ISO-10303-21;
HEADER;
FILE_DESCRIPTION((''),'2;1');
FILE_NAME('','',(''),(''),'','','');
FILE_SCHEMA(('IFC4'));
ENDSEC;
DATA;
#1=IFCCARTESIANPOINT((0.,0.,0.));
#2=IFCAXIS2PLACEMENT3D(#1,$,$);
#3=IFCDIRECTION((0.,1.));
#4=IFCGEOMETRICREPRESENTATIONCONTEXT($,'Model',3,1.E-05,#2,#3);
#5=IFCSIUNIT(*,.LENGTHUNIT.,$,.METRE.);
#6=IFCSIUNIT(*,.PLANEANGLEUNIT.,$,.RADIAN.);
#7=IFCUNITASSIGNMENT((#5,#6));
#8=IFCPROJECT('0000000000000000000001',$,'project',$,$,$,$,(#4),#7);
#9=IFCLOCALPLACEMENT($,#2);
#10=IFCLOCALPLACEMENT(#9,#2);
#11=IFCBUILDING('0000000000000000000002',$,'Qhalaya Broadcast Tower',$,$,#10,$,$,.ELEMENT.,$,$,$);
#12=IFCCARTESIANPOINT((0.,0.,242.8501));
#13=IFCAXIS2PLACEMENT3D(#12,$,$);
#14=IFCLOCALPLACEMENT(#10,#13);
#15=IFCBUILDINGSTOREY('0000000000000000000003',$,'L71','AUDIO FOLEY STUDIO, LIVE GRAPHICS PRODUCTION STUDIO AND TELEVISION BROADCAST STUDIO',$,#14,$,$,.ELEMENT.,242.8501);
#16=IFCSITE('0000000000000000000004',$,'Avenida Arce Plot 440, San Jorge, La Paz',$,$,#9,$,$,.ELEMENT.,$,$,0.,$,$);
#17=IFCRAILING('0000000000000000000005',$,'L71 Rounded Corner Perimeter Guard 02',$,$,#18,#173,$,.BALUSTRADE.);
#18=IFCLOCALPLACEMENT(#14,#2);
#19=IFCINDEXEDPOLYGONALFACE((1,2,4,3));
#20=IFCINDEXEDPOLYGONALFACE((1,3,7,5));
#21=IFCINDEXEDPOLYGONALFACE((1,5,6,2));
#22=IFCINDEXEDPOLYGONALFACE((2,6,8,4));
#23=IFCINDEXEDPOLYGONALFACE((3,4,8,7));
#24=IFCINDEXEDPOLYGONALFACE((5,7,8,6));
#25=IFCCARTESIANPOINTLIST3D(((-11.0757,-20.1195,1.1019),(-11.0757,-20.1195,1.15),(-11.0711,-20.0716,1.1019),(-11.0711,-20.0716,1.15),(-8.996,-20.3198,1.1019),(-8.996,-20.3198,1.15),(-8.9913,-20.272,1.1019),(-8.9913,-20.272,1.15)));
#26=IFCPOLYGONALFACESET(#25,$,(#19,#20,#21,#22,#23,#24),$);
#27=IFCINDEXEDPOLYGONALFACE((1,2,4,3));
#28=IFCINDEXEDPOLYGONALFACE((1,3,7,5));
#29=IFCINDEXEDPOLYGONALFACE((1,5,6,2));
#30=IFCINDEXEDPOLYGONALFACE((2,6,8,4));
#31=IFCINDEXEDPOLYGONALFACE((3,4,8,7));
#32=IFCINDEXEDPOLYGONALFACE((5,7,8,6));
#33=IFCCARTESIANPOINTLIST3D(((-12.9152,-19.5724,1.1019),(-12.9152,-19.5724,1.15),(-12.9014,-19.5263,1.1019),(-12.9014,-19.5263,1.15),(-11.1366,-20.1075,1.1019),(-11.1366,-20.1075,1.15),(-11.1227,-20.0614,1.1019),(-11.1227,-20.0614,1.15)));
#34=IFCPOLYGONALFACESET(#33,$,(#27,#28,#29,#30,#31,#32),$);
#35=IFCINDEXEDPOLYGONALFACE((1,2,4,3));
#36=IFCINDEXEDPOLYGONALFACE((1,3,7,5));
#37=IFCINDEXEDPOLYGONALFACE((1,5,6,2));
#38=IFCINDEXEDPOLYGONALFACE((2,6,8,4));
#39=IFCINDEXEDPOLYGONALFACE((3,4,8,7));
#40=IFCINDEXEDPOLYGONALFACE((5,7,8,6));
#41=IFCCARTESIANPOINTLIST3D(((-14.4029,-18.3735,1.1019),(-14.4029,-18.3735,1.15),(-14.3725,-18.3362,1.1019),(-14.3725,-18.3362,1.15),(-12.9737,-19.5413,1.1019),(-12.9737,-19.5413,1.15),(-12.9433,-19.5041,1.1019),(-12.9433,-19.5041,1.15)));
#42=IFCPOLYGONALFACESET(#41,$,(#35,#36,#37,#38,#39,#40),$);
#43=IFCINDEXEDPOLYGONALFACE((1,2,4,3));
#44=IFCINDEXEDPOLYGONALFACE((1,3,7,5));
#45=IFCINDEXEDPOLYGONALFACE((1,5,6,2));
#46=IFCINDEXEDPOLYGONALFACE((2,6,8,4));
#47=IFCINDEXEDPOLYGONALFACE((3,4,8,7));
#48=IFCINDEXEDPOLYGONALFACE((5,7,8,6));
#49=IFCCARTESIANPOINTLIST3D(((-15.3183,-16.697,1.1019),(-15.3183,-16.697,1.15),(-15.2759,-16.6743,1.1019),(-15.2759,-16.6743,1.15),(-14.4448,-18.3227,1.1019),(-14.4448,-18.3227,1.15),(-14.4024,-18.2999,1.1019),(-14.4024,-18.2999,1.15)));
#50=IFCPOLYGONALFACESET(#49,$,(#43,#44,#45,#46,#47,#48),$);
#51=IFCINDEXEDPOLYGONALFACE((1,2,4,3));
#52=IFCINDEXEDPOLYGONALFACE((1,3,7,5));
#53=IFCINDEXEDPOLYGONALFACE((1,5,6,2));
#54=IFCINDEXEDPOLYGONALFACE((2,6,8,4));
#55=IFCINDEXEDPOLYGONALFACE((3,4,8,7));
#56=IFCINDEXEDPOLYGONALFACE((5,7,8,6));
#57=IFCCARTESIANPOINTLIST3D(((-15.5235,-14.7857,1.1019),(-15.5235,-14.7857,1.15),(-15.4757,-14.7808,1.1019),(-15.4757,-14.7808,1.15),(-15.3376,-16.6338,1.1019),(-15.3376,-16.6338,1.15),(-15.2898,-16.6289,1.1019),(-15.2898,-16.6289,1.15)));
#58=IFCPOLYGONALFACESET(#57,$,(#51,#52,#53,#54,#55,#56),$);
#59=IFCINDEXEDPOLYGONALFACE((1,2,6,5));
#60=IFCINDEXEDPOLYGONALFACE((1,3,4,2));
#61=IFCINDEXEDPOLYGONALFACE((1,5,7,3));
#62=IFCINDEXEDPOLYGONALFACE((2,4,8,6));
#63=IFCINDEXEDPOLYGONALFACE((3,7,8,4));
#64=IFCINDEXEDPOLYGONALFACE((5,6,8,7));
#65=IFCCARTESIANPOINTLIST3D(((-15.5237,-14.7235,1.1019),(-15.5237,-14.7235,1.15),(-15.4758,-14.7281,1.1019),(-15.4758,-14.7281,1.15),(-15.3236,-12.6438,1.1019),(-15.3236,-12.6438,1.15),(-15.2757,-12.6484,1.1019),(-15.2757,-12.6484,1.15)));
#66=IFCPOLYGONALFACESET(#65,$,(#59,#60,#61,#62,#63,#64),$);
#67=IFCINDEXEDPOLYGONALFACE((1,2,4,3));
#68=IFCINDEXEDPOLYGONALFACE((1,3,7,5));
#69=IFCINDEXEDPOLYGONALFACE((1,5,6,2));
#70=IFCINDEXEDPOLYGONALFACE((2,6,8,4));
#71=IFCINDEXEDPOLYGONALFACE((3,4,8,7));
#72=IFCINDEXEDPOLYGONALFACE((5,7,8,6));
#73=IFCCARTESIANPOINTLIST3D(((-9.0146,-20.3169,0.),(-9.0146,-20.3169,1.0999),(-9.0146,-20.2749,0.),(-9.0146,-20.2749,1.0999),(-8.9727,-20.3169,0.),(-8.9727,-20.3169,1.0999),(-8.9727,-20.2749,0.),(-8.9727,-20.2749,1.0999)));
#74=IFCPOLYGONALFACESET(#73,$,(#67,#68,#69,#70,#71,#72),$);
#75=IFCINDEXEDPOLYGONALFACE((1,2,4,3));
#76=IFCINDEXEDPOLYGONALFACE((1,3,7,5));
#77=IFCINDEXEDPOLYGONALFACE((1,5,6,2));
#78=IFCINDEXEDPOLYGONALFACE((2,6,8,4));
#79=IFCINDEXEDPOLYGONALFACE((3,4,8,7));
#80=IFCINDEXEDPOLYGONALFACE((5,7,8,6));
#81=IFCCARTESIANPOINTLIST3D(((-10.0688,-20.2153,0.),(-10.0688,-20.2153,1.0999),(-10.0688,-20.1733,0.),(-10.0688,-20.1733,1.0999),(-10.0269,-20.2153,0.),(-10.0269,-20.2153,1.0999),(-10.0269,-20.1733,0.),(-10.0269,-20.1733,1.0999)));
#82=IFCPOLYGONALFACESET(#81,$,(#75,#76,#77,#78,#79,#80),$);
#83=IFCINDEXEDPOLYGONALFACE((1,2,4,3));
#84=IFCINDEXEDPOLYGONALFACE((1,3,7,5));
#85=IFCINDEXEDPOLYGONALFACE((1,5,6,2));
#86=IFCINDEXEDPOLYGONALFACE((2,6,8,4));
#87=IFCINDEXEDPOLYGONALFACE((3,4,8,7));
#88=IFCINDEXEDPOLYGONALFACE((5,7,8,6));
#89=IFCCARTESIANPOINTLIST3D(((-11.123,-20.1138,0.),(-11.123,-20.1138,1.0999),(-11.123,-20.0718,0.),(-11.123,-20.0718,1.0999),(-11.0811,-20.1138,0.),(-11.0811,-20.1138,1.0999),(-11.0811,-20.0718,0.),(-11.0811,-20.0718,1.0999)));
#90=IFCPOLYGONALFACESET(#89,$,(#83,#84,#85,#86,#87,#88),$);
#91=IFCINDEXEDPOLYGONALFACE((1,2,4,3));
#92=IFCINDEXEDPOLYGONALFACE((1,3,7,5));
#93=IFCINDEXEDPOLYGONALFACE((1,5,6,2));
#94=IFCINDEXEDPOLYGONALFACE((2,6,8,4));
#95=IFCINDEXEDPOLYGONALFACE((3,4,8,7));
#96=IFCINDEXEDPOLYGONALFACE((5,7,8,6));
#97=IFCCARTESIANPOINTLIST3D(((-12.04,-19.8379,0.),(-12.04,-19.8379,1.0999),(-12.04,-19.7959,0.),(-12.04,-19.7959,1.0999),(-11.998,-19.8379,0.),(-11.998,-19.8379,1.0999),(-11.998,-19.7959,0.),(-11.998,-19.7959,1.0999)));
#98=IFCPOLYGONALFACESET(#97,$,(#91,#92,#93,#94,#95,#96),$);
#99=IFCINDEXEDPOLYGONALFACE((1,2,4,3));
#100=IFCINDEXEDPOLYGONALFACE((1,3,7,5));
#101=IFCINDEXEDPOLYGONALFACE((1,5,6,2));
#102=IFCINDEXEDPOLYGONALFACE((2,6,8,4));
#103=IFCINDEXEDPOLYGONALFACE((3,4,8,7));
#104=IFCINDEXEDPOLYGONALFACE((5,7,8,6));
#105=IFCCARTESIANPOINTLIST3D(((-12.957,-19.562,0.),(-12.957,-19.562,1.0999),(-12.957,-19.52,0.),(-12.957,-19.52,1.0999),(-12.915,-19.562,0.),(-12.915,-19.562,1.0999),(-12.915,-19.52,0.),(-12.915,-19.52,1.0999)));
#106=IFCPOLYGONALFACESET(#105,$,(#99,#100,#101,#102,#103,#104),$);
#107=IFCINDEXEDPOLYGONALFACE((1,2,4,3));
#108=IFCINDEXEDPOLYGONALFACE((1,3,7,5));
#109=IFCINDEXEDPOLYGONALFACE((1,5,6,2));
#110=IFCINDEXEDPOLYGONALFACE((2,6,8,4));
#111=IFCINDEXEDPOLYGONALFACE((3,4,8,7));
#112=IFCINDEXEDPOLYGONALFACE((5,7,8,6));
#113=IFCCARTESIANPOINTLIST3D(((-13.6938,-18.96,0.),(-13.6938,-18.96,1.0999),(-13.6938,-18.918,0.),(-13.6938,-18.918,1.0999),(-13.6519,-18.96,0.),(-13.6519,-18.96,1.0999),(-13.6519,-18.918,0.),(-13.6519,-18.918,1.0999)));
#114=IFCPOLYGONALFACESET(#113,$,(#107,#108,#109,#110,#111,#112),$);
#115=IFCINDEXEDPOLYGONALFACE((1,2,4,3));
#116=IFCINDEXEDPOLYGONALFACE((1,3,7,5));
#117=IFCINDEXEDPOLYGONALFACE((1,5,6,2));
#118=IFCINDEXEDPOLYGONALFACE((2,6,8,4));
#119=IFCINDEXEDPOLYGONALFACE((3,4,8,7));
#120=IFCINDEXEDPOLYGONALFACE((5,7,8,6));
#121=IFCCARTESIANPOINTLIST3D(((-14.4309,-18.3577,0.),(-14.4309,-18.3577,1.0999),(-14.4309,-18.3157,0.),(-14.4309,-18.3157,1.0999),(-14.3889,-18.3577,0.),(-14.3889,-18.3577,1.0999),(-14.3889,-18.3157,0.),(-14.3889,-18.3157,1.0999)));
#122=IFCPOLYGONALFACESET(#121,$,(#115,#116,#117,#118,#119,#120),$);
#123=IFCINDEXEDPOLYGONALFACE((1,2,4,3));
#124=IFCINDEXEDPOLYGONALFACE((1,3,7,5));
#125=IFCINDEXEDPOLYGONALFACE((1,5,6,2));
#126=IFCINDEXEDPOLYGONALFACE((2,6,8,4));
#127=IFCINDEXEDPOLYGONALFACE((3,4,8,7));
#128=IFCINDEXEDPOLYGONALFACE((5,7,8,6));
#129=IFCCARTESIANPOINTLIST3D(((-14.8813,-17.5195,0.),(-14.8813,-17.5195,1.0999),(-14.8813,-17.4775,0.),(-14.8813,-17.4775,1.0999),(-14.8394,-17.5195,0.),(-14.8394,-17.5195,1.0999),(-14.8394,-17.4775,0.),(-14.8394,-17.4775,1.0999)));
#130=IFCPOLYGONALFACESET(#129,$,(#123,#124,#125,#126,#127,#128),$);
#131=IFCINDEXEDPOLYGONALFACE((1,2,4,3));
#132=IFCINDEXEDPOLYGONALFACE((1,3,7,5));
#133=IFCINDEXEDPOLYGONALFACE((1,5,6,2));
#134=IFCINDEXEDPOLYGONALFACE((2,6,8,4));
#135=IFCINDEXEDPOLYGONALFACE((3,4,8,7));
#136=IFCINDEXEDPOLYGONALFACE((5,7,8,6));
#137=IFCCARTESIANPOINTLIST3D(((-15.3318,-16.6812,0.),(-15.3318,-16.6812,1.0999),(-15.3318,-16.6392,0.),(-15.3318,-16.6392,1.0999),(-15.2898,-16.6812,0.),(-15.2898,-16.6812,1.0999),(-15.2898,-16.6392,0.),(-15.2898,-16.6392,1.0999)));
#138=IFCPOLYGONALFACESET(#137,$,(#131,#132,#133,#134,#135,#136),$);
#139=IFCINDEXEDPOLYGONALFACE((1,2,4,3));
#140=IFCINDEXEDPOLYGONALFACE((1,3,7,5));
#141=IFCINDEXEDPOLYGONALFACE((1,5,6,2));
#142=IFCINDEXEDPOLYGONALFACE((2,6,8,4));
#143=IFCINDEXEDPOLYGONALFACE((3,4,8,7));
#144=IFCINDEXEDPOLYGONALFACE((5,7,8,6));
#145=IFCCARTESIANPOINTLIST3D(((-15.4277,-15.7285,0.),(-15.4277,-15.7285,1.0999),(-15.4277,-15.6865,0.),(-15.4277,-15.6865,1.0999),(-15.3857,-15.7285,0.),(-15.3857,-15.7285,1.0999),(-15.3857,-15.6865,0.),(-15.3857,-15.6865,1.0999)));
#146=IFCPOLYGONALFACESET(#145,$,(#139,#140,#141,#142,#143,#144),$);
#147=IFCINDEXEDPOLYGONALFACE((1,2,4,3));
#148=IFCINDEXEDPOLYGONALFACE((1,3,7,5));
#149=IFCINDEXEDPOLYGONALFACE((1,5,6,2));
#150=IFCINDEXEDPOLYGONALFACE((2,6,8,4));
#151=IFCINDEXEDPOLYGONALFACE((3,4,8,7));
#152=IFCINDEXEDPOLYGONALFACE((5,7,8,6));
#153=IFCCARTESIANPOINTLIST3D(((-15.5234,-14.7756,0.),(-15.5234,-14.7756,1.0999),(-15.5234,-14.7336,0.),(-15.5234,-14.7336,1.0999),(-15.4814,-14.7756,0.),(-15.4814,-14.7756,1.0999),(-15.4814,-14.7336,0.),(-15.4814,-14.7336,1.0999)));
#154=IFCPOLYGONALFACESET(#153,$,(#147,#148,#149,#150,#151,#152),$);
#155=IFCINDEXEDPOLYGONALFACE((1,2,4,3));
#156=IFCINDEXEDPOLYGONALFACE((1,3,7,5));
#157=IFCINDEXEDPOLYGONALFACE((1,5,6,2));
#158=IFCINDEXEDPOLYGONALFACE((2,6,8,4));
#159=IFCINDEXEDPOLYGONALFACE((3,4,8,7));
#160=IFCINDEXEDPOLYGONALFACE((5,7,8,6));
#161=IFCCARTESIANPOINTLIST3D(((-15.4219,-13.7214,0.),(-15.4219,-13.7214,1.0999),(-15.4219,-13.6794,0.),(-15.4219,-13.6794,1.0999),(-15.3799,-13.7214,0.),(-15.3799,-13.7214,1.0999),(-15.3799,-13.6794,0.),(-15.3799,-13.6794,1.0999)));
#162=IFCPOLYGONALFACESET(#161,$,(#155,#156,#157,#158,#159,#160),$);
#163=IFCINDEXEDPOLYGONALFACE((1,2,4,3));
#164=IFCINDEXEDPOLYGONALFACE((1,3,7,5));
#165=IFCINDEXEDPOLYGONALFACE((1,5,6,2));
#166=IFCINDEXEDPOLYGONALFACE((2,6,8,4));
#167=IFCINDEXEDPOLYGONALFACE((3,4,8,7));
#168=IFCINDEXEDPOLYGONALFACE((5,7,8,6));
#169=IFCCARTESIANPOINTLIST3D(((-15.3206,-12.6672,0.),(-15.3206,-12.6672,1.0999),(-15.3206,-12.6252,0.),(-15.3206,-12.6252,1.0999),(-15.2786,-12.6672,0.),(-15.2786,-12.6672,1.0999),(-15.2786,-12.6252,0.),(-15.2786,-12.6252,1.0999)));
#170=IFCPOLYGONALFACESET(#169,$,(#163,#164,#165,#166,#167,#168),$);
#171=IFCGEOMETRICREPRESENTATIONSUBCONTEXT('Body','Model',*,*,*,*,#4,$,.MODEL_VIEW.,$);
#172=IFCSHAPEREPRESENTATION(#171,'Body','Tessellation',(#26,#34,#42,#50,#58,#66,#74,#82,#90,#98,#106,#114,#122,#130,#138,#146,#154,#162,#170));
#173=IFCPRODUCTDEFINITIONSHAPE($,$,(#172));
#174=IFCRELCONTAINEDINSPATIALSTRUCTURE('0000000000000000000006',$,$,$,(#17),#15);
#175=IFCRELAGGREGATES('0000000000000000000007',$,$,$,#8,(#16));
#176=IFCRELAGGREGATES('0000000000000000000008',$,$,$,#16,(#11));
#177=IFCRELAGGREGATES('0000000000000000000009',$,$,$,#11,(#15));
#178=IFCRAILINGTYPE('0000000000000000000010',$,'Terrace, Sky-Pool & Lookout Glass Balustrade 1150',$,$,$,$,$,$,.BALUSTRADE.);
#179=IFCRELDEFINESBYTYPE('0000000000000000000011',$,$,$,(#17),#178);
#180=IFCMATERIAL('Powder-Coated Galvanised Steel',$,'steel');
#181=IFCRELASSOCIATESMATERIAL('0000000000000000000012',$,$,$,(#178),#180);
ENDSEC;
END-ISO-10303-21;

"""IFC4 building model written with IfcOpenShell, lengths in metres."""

from ifc_helpers import new_model, si_unit, direction, frame, origin, origin_2d, place, context, subcontext, project, spatial, rectangle, extrude, material, type_object, element, save


model = new_model("IFC4")

# Units and contexts
model_context = context("Model", 3, precision=1e-05, world=origin(), true_north=direction((0.0, 1.0)))
body_context = subcontext(model_context, "Body", "Model", "MODEL_VIEW")
ifc_project = project(units=[si_unit("LENGTHUNIT", "METRE"), si_unit("PLANEANGLEUNIT", "RADIAN")], contexts=[model_context])

# Site, building, storey
site_placement = place(None, origin())
site = spatial("IfcSite", under=ifc_project, at=site_placement, Name="Avenida Arce Plot 440, San Jorge, La Paz", CompositionType="ELEMENT", RefElevation=0.0)
building_placement = place(site_placement, origin())
building = spatial("IfcBuilding", under=site, at=building_placement, Name="Qhalaya Broadcast Tower", CompositionType="ELEMENT")
storey_placement = place(building_placement, frame((0.0, 0.0, 242.8501)))
storey = spatial("IfcBuildingStorey", under=building, at=storey_placement, Name="L71", Description="AUDIO FOLEY STUDIO, LIVE GRAPHICS PRODUCTION STUDIO AND TELEVISION BROADCAST STUDIO", CompositionType="ELEMENT", Elevation=242.8501)

# Railing
ifc_material_1 = material(Name="Powder-Coated Galvanised Steel", Category="steel")
railing_type = type_object("IfcRailingType", Name="Terrace, Sky-Pool & Lookout Glass Balustrade 1150", PredefinedType="BALUSTRADE", material=ifc_material_1)
railing_placement = place(storey_placement, frame((-8.9937, -20.2959, 0.0)))
element("IfcRailing", 1, at=railing_placement, inside=storey, type_object=railing_type, Name="L71 Rounded Corner Perimeter Guard 02", PredefinedType="BALUSTRADE", context=body_context, shape_type="SweptSolid", body=[
    extrude(rectangle(XDim=0.0481, YDim=0.0481, at=origin_2d()), frame((0.0, 0.0, 1.126), z_axis=(-0.995391, 0.095897, 0.0), x_axis=(-0.095897, -0.995391, 0.0)), (0.0, 0.0, 1.0), 2.0894),
    extrude(rectangle(XDim=0.0481, YDim=0.0481, at=origin_2d()), frame((-2.136, 0.2114, 1.126), z_axis=(-0.957601, 0.288096, 0.0), x_axis=(-0.288096, -0.957601, 0.0)), (0.0, 0.0, 1.0), 1.8574),
    extrude(rectangle(XDim=0.0481, YDim=0.0481, at=origin_2d()), frame((-3.9648, 0.7732, 1.126), z_axis=(-0.774357, 0.632749, 0.0), x_axis=(-0.632749, -0.774357, 0.0)), (0.0, 0.0, 1.0), 1.8457),
    extrude(rectangle(XDim=0.0481, YDim=0.0481, at=origin_2d()), frame((-5.4299, 1.9846, 1.126), z_axis=(-0.473342, 0.880879, 0.0), x_axis=(-0.880879, -0.473342, 0.0)), (0.0, 0.0, 1.0), 1.8455),
    extrude(rectangle(XDim=0.0481, YDim=0.0481, at=origin_2d()), frame((-6.3201, 3.6646, 1.126), z_axis=(-0.100072, 0.99498, 0.0), x_axis=(-0.99498, -0.100072, 0.0)), (0.0, 0.0, 1.0), 1.8574),
    extrude(rectangle(XDim=0.0481, YDim=0.0481, at=origin_2d()), frame((-6.5061, 5.5701, 1.126), z_axis=(0.095783, 0.995402, 0.0), x_axis=(-0.995402, 0.095783, 0.0)), (0.0, 0.0, 1.0), 2.0894),
    extrude(rectangle(XDim=0.042, YDim=0.042, at=origin_2d()), origin(), (0.0, 0.0, 1.0), 1.0999),
    extrude(rectangle(XDim=0.042, YDim=0.042, at=origin_2d()), frame((-1.0542, 0.1016, 0.0)), (0.0, 0.0, 1.0), 1.0999),
    extrude(rectangle(XDim=0.042, YDim=0.042, at=origin_2d()), frame((-2.1084, 0.2031, 0.0)), (0.0, 0.0, 1.0), 1.0999),
    extrude(rectangle(XDim=0.042, YDim=0.042, at=origin_2d()), frame((-3.0254, 0.479, 0.0)), (0.0, 0.0, 1.0), 1.0999),
    extrude(rectangle(XDim=0.042, YDim=0.042, at=origin_2d()), frame((-3.9424, 0.7549, 0.0)), (0.0, 0.0, 1.0), 1.0999),
    extrude(rectangle(XDim=0.042, YDim=0.042, at=origin_2d()), frame((-4.6792, 1.3569, 0.0)), (0.0, 0.0, 1.0), 1.0999),
    extrude(rectangle(XDim=0.042, YDim=0.042, at=origin_2d()), frame((-5.4163, 1.9592, 0.0)), (0.0, 0.0, 1.0), 1.0999),
    extrude(rectangle(XDim=0.042, YDim=0.042, at=origin_2d()), frame((-5.8667, 2.7974, 0.0)), (0.0, 0.0, 1.0), 1.0999),
    extrude(rectangle(XDim=0.042, YDim=0.042, at=origin_2d()), frame((-6.3171, 3.6357, 0.0)), (0.0, 0.0, 1.0), 1.0999),
    extrude(rectangle(XDim=0.042, YDim=0.042, at=origin_2d()), frame((-6.4131, 4.5884, 0.0)), (0.0, 0.0, 1.0), 1.0999),
    extrude(rectangle(XDim=0.042, YDim=0.042, at=origin_2d()), frame((-6.5088, 5.5413, 0.0)), (0.0, 0.0, 1.0), 1.0999),
    extrude(rectangle(XDim=0.042, YDim=0.042, at=origin_2d()), frame((-6.4072, 6.5955, 0.0)), (0.0, 0.0, 1.0), 1.0999),
    extrude(rectangle(XDim=0.042, YDim=0.042, at=origin_2d()), frame((-6.3059, 7.6497, 0.0)), (0.0, 0.0, 1.0), 1.0999),
])

save(model, "model.ifc")
